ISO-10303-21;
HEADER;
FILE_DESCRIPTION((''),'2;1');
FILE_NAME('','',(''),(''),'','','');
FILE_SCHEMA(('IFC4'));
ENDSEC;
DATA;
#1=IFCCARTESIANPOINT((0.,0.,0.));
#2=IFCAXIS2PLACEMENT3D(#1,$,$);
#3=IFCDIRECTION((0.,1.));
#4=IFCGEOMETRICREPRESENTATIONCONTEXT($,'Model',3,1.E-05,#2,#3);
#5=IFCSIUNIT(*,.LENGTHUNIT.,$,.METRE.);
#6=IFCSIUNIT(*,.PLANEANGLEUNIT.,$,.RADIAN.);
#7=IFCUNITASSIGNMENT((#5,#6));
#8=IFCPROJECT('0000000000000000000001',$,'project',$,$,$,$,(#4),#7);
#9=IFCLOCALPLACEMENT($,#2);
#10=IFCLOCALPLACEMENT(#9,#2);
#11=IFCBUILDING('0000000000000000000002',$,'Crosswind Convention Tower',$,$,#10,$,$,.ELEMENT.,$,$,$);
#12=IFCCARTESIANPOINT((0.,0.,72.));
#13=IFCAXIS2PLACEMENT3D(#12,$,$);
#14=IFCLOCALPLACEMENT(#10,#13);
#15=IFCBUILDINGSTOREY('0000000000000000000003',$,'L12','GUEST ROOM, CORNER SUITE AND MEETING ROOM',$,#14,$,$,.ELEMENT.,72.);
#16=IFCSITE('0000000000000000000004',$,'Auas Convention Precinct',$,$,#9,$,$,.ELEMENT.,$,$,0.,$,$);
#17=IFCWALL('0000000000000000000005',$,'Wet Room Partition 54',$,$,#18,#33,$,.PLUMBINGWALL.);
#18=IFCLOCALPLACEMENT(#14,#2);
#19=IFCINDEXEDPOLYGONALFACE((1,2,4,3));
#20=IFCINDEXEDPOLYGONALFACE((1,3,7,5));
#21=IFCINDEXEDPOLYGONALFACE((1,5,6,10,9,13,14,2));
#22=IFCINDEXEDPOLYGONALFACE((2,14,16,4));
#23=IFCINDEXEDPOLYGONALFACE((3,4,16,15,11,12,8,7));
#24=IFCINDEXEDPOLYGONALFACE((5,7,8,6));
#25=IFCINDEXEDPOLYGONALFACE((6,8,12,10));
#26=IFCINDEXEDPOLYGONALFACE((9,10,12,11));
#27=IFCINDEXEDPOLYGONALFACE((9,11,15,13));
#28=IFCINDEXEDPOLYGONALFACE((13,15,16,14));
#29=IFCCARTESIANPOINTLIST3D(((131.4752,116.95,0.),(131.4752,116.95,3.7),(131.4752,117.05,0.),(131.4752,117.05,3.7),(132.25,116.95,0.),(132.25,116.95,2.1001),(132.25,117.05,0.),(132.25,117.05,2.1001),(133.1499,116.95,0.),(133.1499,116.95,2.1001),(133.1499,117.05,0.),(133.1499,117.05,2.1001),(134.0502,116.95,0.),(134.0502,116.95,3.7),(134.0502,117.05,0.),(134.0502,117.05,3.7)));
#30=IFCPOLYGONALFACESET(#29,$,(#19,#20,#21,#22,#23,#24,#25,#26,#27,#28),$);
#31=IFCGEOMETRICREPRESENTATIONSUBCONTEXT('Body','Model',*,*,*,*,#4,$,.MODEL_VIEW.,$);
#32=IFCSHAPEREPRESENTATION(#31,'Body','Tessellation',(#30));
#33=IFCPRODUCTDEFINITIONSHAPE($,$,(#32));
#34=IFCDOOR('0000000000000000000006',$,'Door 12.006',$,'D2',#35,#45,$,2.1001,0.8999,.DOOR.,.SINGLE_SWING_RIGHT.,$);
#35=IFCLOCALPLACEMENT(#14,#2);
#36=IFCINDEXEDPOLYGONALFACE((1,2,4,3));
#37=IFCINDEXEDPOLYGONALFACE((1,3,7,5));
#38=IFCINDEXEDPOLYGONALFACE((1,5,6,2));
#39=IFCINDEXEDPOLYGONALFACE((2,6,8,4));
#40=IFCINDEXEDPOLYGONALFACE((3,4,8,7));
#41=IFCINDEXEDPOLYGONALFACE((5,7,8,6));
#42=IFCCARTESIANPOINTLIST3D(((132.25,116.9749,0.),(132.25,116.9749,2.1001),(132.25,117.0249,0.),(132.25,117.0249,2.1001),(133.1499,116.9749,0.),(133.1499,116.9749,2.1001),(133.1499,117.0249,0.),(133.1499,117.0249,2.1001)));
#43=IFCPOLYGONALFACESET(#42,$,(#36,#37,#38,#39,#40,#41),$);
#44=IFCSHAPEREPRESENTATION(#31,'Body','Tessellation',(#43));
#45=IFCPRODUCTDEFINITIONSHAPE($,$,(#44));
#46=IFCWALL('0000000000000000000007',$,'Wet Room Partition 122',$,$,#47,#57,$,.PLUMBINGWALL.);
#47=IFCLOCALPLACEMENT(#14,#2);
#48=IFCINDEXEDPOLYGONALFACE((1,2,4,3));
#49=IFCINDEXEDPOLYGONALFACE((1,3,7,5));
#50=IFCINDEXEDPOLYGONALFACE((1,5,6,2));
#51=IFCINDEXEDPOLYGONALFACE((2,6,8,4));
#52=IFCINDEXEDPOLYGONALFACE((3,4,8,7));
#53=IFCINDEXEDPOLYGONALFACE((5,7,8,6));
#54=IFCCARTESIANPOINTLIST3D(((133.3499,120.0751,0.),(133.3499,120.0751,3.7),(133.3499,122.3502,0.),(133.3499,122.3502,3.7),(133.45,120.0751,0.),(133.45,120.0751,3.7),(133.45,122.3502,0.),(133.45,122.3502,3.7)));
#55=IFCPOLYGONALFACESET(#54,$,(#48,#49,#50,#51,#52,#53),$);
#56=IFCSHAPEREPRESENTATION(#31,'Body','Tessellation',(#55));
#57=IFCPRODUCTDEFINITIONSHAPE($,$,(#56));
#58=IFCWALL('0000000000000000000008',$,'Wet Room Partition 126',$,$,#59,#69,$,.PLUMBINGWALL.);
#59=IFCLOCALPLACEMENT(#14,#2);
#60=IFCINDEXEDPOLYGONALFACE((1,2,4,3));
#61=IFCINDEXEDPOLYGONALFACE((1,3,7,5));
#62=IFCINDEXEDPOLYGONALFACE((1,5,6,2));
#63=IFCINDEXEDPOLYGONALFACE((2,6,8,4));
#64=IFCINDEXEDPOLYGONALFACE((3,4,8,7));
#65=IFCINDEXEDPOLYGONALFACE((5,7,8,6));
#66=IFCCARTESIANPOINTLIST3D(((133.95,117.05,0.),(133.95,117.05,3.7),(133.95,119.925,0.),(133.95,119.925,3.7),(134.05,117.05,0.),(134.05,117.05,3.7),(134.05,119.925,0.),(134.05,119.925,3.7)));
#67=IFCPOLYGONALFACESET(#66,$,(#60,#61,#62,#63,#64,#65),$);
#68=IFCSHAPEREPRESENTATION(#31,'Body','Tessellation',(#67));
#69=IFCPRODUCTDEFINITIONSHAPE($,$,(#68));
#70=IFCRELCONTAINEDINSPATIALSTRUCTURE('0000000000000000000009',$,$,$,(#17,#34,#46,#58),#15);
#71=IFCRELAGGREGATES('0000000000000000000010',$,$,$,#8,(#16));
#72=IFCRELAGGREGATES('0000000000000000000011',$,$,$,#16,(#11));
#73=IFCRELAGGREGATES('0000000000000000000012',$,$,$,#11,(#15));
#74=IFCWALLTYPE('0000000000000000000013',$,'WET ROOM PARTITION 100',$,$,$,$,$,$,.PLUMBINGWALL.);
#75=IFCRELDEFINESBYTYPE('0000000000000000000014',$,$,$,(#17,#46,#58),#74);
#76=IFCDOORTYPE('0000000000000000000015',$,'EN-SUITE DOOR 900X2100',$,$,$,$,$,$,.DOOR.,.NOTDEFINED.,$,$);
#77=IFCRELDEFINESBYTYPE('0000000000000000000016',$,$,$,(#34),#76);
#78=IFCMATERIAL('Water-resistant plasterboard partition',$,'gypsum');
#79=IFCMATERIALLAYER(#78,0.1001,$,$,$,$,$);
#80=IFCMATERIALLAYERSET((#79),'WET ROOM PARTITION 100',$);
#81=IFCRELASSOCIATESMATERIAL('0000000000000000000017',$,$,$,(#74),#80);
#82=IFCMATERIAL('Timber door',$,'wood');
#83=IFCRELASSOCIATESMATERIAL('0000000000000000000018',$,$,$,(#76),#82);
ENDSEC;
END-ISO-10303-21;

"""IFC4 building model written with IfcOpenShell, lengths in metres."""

from ifc_helpers import new_model, si_unit, direction, frame, frame_2d, origin, place, context, subcontext, project, spatial, rectangle, extrude, material, layer, layer_set, type_object, element, fill, save


model = new_model("IFC4")

# Units and contexts
model_context = context("Model", 3, precision=1e-05, world=origin(), true_north=direction((0.0, 1.0)))
body_context = subcontext(model_context, "Body", "Model", "MODEL_VIEW")
ifc_project = project(units=[si_unit("LENGTHUNIT", "METRE"), si_unit("PLANEANGLEUNIT", "RADIAN")], contexts=[model_context])

# Site, building, storey
site_placement = place(None, origin())
site = spatial("IfcSite", under=ifc_project, at=site_placement, Name="Auas Convention Precinct", CompositionType="ELEMENT", RefElevation=0.0)
building_placement = place(site_placement, origin())
building = spatial("IfcBuilding", under=site, at=building_placement, Name="Crosswind Convention Tower", CompositionType="ELEMENT")
storey_placement = place(building_placement, frame((0.0, 0.0, 72.0)))
storey = spatial("IfcBuildingStorey", under=building, at=storey_placement, Name="L12", Description="GUEST ROOM, CORNER SUITE AND MEETING ROOM", CompositionType="ELEMENT", Elevation=72.0)

# Wall, opening, door
ifc_material_1 = material(Name="Water-resistant plasterboard partition", Category="gypsum")
ifc_layer_1 = layer(ifc_material_1, 0.1001)
ifc_layer_set_1 = layer_set([ifc_layer_1], Name="WET ROOM PARTITION 100")
wall_type_1 = type_object("IfcWallType", Name="WET ROOM PARTITION 100", PredefinedType="PLUMBINGWALL", material=ifc_layer_set_1)
wall_1_placement = place(storey_placement, frame((131.4751, 117.0, 0.0), z_axis=(0.0, 0.0, 1.0), x_axis=(1.0, 0.0, 0.0)))
wall_1 = element("IfcWall", 1, at=wall_1_placement, inside=storey, type_object=wall_type_1, Name="Wet Room Partition 54", PredefinedType="PLUMBINGWALL", context=body_context, shape_type="SweptSolid", body=[
    extrude(rectangle(XDim=2.575, YDim=0.1001, at=frame_2d((1.2876, 0.0))), origin(), (0.0, 0.0, 1.0), 3.7),
])
opening_1_placement = place(wall_1_placement, frame((0.7749, 0.0, 0.0)))
opening_1 = element("IfcOpeningElement", 2, at=opening_1_placement, cuts=wall_1, PredefinedType="OPENING", context=body_context, shape_type="SweptSolid", body=[
    extrude(rectangle(XDim=0.8999, YDim=2.1001, at=frame_2d((0.45, 1.05))), frame((0.0, 0.0601, 0.0), z_axis=(0.0, -1.0, 0.0), x_axis=(1.0, 0.0, 0.0)), (0.0, 0.0, 1.0), 0.1201),
])
ifc_material_2 = material(Name="Timber door", Category="wood")
door_type_1 = type_object("IfcDoorType", Name="EN-SUITE DOOR 900X2100", OperationType="NOTDEFINED", PredefinedType="DOOR", material=ifc_material_2)
door_1_placement = place(opening_1_placement, origin())
door_1 = element("IfcDoor", 3, at=door_1_placement, inside=storey, type_object=door_type_1, Name="Door 12.006", ObjectType="D2", OperationType="SINGLE_SWING_RIGHT", OverallHeight=2.1001, OverallWidth=0.8999, PredefinedType="DOOR", context=body_context, shape_type="SweptSolid", body=[
    extrude(rectangle(XDim=0.8999, YDim=2.1001, at=frame_2d((0.45, 1.05))), frame((0.0, 0.0249, 0.0), z_axis=(0.0, -1.0, 0.0), x_axis=(1.0, 0.0, 0.0)), (0.0, 0.0, 1.0), 0.05),
])
fill(opening_1, door_1)

# Walls
wall_2_placement = place(storey_placement, frame((133.3999, 120.075, 0.0), z_axis=(0.0, 0.0, 1.0), x_axis=(0.0, 1.0, 0.0)))
element("IfcWall", 4, at=wall_2_placement, inside=storey, type_object=wall_type_1, Name="Wet Room Partition 122", PredefinedType="PLUMBINGWALL", context=body_context, shape_type="SweptSolid", body=[
    extrude(rectangle(XDim=2.2751, YDim=0.1001, at=frame_2d((1.1377, 0.0))), origin(), (0.0, 0.0, 1.0), 3.7),
])
wall_3_placement = place(storey_placement, frame((134.0, 117.05, 0.0), z_axis=(0.0, 0.0, 1.0), x_axis=(0.0, 1.0, 0.0)))
element("IfcWall", 5, at=wall_3_placement, inside=storey, type_object=wall_type_1, Name="Wet Room Partition 126", PredefinedType="PLUMBINGWALL", context=body_context, shape_type="SweptSolid", body=[
    extrude(rectangle(XDim=2.875, YDim=0.1001, at=frame_2d((1.4375, 0.0))), origin(), (0.0, 0.0, 1.0), 3.7),
])

save(model, "model.ifc")
